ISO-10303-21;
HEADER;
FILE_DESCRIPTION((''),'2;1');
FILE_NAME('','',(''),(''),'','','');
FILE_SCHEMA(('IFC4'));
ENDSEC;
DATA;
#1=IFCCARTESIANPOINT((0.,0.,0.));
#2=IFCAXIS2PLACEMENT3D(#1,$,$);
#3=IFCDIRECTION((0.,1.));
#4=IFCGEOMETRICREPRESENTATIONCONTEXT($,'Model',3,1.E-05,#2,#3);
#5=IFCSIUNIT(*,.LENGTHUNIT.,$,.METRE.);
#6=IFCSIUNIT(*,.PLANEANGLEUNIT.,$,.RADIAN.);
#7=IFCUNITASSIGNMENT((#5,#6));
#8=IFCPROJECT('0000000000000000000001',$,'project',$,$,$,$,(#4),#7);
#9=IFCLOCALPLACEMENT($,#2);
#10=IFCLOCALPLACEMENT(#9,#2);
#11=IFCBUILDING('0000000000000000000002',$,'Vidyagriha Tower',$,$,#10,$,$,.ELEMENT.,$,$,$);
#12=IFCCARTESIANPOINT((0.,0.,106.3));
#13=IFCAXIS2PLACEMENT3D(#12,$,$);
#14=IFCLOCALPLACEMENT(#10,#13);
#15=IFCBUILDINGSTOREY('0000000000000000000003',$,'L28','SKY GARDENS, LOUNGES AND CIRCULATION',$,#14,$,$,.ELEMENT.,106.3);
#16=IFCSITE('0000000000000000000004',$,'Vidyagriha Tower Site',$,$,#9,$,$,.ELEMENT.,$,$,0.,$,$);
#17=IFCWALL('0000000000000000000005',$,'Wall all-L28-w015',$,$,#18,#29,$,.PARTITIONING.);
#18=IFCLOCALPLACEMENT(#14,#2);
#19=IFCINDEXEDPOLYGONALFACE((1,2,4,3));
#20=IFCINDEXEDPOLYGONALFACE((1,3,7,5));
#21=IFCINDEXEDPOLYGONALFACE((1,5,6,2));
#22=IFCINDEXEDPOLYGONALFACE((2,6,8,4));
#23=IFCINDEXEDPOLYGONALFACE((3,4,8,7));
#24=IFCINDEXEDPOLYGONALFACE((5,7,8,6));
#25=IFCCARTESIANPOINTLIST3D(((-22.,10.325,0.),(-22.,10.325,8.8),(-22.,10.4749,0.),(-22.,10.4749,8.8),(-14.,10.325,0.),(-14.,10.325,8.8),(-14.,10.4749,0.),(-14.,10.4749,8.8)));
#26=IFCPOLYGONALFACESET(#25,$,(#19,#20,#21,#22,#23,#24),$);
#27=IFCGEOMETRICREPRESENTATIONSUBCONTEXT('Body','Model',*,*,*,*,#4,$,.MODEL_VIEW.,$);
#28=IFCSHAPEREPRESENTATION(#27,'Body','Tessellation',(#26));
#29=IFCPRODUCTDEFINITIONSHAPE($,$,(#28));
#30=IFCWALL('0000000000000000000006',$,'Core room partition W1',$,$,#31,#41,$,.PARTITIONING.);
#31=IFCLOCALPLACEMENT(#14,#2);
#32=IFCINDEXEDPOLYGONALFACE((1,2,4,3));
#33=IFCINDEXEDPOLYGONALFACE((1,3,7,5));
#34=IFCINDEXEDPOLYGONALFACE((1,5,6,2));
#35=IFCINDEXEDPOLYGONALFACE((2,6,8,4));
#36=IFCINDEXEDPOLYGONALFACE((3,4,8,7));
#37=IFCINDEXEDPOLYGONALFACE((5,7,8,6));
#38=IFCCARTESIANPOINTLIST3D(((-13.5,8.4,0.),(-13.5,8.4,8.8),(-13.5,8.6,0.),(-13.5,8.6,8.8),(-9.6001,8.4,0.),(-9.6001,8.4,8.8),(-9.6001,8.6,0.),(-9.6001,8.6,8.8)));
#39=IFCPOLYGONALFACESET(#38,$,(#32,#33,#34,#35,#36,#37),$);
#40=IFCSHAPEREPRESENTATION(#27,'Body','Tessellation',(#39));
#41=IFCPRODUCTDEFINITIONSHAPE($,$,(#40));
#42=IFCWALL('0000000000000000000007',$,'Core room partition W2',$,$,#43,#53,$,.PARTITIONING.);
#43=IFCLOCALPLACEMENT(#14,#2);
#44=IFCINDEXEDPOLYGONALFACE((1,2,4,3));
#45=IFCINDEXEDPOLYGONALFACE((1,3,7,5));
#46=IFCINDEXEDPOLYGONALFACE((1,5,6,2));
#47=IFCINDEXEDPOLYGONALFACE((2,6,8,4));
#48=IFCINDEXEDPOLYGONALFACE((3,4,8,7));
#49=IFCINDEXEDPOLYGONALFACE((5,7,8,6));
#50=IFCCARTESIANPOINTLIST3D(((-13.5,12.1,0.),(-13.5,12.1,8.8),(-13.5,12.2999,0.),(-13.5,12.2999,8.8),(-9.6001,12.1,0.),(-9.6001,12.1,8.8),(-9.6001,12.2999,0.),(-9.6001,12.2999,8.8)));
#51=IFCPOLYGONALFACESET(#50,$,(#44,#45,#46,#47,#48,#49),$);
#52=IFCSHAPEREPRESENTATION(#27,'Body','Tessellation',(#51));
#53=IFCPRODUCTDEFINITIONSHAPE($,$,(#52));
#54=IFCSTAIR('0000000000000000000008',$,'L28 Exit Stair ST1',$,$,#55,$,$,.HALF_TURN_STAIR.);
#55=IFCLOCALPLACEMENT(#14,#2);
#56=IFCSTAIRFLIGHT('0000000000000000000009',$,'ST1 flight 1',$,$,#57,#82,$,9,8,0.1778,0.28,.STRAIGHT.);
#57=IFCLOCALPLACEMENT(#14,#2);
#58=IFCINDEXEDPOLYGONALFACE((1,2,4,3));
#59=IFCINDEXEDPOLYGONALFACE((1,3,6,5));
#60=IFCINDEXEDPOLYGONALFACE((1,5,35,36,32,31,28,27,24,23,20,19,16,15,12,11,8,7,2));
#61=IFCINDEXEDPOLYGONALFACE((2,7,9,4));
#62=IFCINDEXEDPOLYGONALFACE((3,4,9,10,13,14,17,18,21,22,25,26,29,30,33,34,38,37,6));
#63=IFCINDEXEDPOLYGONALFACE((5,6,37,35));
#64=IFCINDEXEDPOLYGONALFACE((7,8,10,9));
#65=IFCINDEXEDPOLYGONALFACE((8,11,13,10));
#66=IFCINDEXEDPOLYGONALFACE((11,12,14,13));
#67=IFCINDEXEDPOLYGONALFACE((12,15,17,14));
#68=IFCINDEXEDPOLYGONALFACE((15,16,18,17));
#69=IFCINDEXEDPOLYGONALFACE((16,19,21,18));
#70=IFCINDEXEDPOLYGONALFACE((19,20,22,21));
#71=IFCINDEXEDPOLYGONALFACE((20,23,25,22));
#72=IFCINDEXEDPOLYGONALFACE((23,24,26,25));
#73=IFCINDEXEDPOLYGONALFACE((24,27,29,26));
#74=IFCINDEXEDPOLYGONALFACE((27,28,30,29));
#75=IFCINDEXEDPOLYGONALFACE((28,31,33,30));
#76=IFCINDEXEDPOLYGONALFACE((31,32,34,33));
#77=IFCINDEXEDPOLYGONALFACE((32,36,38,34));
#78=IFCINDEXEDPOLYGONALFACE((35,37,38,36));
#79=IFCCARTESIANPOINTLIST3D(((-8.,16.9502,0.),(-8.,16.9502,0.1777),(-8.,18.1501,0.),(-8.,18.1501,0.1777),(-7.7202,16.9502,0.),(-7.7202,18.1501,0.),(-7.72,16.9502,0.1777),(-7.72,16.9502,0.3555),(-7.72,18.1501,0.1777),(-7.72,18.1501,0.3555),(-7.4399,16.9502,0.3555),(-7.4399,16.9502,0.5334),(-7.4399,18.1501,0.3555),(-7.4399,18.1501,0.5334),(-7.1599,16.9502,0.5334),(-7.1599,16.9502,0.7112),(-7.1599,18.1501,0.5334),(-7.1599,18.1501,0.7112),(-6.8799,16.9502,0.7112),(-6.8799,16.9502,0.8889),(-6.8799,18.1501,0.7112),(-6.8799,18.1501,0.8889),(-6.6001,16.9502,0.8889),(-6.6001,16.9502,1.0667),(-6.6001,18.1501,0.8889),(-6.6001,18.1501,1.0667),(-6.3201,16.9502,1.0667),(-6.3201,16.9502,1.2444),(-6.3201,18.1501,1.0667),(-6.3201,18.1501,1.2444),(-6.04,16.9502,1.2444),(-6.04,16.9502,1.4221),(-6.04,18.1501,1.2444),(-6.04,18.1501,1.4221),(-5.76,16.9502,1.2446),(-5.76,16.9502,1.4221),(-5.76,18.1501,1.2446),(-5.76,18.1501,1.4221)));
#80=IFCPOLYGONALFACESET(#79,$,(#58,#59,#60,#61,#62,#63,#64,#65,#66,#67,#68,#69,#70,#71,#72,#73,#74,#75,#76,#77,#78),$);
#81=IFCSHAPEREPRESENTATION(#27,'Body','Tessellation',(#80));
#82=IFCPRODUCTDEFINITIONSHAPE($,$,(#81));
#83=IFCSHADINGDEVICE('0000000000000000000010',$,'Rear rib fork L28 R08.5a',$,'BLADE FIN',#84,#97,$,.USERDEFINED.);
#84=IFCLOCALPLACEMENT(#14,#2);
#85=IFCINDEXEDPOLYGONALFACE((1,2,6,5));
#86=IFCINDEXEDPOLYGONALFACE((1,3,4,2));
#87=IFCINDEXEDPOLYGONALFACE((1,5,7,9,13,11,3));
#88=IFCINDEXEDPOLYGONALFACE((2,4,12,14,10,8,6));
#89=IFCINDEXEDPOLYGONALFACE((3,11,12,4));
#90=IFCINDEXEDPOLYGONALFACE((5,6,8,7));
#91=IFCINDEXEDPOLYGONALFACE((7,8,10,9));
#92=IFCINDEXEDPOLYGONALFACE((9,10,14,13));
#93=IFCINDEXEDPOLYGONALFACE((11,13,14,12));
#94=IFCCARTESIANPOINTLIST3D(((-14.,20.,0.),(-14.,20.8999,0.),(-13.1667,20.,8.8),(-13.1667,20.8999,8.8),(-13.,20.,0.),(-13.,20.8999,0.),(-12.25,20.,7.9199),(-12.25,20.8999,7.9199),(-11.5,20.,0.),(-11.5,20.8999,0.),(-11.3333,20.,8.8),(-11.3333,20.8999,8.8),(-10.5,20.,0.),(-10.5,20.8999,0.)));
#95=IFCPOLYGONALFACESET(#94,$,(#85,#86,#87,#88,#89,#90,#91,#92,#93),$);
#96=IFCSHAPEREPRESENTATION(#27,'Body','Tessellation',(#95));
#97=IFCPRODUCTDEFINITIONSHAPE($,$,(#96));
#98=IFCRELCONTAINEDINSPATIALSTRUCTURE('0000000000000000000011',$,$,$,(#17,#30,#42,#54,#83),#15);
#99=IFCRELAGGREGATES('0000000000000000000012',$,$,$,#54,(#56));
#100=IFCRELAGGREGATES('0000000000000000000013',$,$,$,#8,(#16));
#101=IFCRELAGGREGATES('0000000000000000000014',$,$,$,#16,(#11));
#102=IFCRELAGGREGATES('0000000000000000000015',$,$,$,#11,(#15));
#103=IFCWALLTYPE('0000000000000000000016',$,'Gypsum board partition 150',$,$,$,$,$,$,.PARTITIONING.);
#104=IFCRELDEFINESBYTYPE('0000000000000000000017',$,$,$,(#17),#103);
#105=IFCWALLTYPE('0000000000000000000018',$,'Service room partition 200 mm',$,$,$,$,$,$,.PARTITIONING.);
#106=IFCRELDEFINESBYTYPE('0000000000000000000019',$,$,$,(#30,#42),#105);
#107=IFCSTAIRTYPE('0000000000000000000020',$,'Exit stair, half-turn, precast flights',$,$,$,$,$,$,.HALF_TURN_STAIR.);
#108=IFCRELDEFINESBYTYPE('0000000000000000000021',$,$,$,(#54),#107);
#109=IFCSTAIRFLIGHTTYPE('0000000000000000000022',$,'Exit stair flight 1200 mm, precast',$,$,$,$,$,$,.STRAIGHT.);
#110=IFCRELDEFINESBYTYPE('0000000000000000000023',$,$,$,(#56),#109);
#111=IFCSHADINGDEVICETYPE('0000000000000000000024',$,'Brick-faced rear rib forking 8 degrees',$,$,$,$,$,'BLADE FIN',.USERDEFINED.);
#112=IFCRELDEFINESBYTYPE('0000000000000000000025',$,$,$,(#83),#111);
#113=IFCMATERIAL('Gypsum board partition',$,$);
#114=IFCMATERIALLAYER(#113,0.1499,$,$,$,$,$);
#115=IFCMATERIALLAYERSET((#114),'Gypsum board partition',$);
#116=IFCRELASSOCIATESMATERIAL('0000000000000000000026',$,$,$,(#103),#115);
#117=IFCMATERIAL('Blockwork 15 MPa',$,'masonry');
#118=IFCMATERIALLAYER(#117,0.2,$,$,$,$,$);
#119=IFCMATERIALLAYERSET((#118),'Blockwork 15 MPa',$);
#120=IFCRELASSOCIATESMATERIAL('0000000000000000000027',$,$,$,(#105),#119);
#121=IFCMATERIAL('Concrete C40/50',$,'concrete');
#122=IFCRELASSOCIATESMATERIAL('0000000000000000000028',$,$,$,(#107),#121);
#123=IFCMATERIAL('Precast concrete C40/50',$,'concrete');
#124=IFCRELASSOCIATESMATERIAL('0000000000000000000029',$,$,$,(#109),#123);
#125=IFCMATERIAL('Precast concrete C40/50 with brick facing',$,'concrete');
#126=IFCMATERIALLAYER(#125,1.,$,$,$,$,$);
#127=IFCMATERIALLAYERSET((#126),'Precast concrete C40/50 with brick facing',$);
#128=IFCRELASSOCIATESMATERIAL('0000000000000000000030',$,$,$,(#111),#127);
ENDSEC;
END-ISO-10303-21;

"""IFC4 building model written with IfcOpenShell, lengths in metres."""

from ifc_helpers import new_model, si_unit, direction, frame, frame_2d, origin, place, context, subcontext, project, spatial, polyline, rectangle, outline, extrude, material, layer, layer_set, type_object, element, aggregate, save


model = new_model("IFC4")

# Units and contexts
model_context = context("Model", 3, precision=1e-05, world=origin(), true_north=direction((0.0, 1.0)))
body_context = subcontext(model_context, "Body", "Model", "MODEL_VIEW")
ifc_project = project(units=[si_unit("LENGTHUNIT", "METRE"), si_unit("PLANEANGLEUNIT", "RADIAN")], contexts=[model_context])

# Site, building, storey
site_placement = place(None, origin())
site = spatial("IfcSite", under=ifc_project, at=site_placement, Name="Vidyagriha Tower Site", CompositionType="ELEMENT", RefElevation=0.0)
building_placement = place(site_placement, origin())
building = spatial("IfcBuilding", under=site, at=building_placement, Name="Vidyagriha Tower", CompositionType="ELEMENT")
storey_placement = place(building_placement, frame((0.0, 0.0, 106.3)))
storey = spatial("IfcBuildingStorey", under=building, at=storey_placement, Name="L28", Description="SKY GARDENS, LOUNGES AND CIRCULATION", CompositionType="ELEMENT", Elevation=106.3)

# Walls
ifc_material_1 = material(Name="Gypsum board partition")
ifc_layer_1 = layer(ifc_material_1, 0.1499)
ifc_layer_set_1 = layer_set([ifc_layer_1], Name="Gypsum board partition")
wall_type_1 = type_object("IfcWallType", Name="Gypsum board partition 150", PredefinedType="PARTITIONING", material=ifc_layer_set_1)
wall_1_placement = place(storey_placement, frame((-14.0, 10.3999, 0.0), z_axis=(0.0, 0.0, 1.0), x_axis=(-1.0, 0.0, 0.0)))
element("IfcWall", 1, at=wall_1_placement, inside=storey, type_object=wall_type_1, Name="Wall all-L28-w015", PredefinedType="PARTITIONING", context=body_context, shape_type="SweptSolid", body=[
    extrude(rectangle(XDim=8.0, YDim=0.1499, at=frame_2d((4.0, 0.0))), origin(), (0.0, 0.0, 1.0), 8.8),
])
ifc_material_2 = material(Name="Blockwork 15 MPa", Category="masonry")
ifc_layer_2 = layer(ifc_material_2, 0.2)
ifc_layer_set_2 = layer_set([ifc_layer_2], Name="Blockwork 15 MPa")
wall_type_2 = type_object("IfcWallType", Name="Service room partition 200 mm", PredefinedType="PARTITIONING", material=ifc_layer_set_2)
for number, where, name in (
    (2, (-13.5, 8.5, 0.0), "Core room partition W1"),
    (3, (-13.5, 12.2, 0.0), "Core room partition W2"),
):
    element("IfcWall", number, at=place(storey_placement, frame(where)), inside=storey, type_object=wall_type_2, Name=name, PredefinedType="PARTITIONING", context=body_context, shape_type="SweptSolid", body=[
        extrude(rectangle(XDim=3.8999, YDim=0.2, at=frame_2d((1.95, 0.0))), origin(), (0.0, 0.0, 1.0), 8.8),
    ])

# Stair, stair flight
ifc_material_3 = material(Name="Concrete C40/50", Category="concrete")
stair_type = type_object("IfcStairType", Name="Exit stair, half-turn, precast flights", PredefinedType="HALF_TURN_STAIR", material=ifc_material_3)
stair_placement = place(storey_placement, origin())
stair = element("IfcStair", 4, at=stair_placement, inside=storey, type_object=stair_type, Name="L28 Exit Stair ST1", PredefinedType="HALF_TURN_STAIR")
ifc_material_4 = material(Name="Precast concrete C40/50", Category="concrete")
stair_flight_type = type_object("IfcStairFlightType", Name="Exit stair flight 1200 mm, precast", PredefinedType="STRAIGHT", material=ifc_material_4)
stair_flight_placement = place(storey_placement, frame((-8.0, 17.55, 0.0)))
stair_flight = element("IfcStairFlight", 5, at=stair_flight_placement, type_object=stair_flight_type, Name="ST1 flight 1", NumberOfRisers=9, NumberOfTreads=8, PredefinedType="STRAIGHT", RiserHeight=0.1778, TreadLength=0.28, context=body_context, shape_type="SweptSolid", body=[
    extrude(outline(polyline([(0.0, 0.0), (0.0, 0.1777), (0.28, 0.1777), (0.28, 0.3555), (0.5601, 0.3555), (0.5601, 0.5334), (0.8401, 0.5334), (0.8401, 0.7112), (1.1201, 0.7112), (1.1201, 0.8889), (1.3999, 0.8889), (1.3999, 1.0667), (1.6799, 1.0667), (1.6799, 1.2444), (1.96, 1.2444), (1.96, 1.4221), (2.24, 1.4221), (2.24, 1.6001), (2.24, 1.2446), (0.2798, 0.0), (0.0, 0.0)])), frame((0.0, 0.6001, 0.0), z_axis=(0.0, -1.0, 0.0), x_axis=(1.0, 0.0, 0.0)), (0.0, 0.0, 1.0), 1.2),
])
aggregate(stair, [stair_flight])

# Shading device
ifc_material_5 = material(Name="Precast concrete C40/50 with brick facing", Category="concrete")
ifc_layer_3 = layer(ifc_material_5, 1.0)
ifc_layer_set_3 = layer_set([ifc_layer_3], Name="Precast concrete C40/50 with brick facing")
shading_device_type = type_object("IfcShadingDeviceType", Name="Brick-faced rear rib forking 8 degrees", ElementType="BLADE FIN", PredefinedType="USERDEFINED", material=ifc_layer_set_3)
shading_device_placement = place(storey_placement, frame((-10.5, 20.45, 0.0), z_axis=(0.0, 0.0, 1.0), x_axis=(-1.0, 0.0, 0.0)))
element("IfcShadingDevice", 6, at=shading_device_placement, inside=storey, type_object=shading_device_type, Name="Rear rib fork L28 R08.5a", ObjectType="BLADE FIN", PredefinedType="USERDEFINED", context=body_context, shape_type="SweptSolid", body=[
    extrude(outline(polyline([(1.0, 0.0), (1.75, 7.9199), (2.5, 0.0), (3.5, 0.0), (2.6667, 8.8), (0.8333, 8.8), (0.0, 0.0), (1.0, 0.0)])), frame((0.0, 0.45, 0.0), z_axis=(0.0, -1.0, 0.0), x_axis=(1.0, 0.0, 0.0)), (0.0, 0.0, 1.0), 0.8999),
])

save(model, "model.ifc")
